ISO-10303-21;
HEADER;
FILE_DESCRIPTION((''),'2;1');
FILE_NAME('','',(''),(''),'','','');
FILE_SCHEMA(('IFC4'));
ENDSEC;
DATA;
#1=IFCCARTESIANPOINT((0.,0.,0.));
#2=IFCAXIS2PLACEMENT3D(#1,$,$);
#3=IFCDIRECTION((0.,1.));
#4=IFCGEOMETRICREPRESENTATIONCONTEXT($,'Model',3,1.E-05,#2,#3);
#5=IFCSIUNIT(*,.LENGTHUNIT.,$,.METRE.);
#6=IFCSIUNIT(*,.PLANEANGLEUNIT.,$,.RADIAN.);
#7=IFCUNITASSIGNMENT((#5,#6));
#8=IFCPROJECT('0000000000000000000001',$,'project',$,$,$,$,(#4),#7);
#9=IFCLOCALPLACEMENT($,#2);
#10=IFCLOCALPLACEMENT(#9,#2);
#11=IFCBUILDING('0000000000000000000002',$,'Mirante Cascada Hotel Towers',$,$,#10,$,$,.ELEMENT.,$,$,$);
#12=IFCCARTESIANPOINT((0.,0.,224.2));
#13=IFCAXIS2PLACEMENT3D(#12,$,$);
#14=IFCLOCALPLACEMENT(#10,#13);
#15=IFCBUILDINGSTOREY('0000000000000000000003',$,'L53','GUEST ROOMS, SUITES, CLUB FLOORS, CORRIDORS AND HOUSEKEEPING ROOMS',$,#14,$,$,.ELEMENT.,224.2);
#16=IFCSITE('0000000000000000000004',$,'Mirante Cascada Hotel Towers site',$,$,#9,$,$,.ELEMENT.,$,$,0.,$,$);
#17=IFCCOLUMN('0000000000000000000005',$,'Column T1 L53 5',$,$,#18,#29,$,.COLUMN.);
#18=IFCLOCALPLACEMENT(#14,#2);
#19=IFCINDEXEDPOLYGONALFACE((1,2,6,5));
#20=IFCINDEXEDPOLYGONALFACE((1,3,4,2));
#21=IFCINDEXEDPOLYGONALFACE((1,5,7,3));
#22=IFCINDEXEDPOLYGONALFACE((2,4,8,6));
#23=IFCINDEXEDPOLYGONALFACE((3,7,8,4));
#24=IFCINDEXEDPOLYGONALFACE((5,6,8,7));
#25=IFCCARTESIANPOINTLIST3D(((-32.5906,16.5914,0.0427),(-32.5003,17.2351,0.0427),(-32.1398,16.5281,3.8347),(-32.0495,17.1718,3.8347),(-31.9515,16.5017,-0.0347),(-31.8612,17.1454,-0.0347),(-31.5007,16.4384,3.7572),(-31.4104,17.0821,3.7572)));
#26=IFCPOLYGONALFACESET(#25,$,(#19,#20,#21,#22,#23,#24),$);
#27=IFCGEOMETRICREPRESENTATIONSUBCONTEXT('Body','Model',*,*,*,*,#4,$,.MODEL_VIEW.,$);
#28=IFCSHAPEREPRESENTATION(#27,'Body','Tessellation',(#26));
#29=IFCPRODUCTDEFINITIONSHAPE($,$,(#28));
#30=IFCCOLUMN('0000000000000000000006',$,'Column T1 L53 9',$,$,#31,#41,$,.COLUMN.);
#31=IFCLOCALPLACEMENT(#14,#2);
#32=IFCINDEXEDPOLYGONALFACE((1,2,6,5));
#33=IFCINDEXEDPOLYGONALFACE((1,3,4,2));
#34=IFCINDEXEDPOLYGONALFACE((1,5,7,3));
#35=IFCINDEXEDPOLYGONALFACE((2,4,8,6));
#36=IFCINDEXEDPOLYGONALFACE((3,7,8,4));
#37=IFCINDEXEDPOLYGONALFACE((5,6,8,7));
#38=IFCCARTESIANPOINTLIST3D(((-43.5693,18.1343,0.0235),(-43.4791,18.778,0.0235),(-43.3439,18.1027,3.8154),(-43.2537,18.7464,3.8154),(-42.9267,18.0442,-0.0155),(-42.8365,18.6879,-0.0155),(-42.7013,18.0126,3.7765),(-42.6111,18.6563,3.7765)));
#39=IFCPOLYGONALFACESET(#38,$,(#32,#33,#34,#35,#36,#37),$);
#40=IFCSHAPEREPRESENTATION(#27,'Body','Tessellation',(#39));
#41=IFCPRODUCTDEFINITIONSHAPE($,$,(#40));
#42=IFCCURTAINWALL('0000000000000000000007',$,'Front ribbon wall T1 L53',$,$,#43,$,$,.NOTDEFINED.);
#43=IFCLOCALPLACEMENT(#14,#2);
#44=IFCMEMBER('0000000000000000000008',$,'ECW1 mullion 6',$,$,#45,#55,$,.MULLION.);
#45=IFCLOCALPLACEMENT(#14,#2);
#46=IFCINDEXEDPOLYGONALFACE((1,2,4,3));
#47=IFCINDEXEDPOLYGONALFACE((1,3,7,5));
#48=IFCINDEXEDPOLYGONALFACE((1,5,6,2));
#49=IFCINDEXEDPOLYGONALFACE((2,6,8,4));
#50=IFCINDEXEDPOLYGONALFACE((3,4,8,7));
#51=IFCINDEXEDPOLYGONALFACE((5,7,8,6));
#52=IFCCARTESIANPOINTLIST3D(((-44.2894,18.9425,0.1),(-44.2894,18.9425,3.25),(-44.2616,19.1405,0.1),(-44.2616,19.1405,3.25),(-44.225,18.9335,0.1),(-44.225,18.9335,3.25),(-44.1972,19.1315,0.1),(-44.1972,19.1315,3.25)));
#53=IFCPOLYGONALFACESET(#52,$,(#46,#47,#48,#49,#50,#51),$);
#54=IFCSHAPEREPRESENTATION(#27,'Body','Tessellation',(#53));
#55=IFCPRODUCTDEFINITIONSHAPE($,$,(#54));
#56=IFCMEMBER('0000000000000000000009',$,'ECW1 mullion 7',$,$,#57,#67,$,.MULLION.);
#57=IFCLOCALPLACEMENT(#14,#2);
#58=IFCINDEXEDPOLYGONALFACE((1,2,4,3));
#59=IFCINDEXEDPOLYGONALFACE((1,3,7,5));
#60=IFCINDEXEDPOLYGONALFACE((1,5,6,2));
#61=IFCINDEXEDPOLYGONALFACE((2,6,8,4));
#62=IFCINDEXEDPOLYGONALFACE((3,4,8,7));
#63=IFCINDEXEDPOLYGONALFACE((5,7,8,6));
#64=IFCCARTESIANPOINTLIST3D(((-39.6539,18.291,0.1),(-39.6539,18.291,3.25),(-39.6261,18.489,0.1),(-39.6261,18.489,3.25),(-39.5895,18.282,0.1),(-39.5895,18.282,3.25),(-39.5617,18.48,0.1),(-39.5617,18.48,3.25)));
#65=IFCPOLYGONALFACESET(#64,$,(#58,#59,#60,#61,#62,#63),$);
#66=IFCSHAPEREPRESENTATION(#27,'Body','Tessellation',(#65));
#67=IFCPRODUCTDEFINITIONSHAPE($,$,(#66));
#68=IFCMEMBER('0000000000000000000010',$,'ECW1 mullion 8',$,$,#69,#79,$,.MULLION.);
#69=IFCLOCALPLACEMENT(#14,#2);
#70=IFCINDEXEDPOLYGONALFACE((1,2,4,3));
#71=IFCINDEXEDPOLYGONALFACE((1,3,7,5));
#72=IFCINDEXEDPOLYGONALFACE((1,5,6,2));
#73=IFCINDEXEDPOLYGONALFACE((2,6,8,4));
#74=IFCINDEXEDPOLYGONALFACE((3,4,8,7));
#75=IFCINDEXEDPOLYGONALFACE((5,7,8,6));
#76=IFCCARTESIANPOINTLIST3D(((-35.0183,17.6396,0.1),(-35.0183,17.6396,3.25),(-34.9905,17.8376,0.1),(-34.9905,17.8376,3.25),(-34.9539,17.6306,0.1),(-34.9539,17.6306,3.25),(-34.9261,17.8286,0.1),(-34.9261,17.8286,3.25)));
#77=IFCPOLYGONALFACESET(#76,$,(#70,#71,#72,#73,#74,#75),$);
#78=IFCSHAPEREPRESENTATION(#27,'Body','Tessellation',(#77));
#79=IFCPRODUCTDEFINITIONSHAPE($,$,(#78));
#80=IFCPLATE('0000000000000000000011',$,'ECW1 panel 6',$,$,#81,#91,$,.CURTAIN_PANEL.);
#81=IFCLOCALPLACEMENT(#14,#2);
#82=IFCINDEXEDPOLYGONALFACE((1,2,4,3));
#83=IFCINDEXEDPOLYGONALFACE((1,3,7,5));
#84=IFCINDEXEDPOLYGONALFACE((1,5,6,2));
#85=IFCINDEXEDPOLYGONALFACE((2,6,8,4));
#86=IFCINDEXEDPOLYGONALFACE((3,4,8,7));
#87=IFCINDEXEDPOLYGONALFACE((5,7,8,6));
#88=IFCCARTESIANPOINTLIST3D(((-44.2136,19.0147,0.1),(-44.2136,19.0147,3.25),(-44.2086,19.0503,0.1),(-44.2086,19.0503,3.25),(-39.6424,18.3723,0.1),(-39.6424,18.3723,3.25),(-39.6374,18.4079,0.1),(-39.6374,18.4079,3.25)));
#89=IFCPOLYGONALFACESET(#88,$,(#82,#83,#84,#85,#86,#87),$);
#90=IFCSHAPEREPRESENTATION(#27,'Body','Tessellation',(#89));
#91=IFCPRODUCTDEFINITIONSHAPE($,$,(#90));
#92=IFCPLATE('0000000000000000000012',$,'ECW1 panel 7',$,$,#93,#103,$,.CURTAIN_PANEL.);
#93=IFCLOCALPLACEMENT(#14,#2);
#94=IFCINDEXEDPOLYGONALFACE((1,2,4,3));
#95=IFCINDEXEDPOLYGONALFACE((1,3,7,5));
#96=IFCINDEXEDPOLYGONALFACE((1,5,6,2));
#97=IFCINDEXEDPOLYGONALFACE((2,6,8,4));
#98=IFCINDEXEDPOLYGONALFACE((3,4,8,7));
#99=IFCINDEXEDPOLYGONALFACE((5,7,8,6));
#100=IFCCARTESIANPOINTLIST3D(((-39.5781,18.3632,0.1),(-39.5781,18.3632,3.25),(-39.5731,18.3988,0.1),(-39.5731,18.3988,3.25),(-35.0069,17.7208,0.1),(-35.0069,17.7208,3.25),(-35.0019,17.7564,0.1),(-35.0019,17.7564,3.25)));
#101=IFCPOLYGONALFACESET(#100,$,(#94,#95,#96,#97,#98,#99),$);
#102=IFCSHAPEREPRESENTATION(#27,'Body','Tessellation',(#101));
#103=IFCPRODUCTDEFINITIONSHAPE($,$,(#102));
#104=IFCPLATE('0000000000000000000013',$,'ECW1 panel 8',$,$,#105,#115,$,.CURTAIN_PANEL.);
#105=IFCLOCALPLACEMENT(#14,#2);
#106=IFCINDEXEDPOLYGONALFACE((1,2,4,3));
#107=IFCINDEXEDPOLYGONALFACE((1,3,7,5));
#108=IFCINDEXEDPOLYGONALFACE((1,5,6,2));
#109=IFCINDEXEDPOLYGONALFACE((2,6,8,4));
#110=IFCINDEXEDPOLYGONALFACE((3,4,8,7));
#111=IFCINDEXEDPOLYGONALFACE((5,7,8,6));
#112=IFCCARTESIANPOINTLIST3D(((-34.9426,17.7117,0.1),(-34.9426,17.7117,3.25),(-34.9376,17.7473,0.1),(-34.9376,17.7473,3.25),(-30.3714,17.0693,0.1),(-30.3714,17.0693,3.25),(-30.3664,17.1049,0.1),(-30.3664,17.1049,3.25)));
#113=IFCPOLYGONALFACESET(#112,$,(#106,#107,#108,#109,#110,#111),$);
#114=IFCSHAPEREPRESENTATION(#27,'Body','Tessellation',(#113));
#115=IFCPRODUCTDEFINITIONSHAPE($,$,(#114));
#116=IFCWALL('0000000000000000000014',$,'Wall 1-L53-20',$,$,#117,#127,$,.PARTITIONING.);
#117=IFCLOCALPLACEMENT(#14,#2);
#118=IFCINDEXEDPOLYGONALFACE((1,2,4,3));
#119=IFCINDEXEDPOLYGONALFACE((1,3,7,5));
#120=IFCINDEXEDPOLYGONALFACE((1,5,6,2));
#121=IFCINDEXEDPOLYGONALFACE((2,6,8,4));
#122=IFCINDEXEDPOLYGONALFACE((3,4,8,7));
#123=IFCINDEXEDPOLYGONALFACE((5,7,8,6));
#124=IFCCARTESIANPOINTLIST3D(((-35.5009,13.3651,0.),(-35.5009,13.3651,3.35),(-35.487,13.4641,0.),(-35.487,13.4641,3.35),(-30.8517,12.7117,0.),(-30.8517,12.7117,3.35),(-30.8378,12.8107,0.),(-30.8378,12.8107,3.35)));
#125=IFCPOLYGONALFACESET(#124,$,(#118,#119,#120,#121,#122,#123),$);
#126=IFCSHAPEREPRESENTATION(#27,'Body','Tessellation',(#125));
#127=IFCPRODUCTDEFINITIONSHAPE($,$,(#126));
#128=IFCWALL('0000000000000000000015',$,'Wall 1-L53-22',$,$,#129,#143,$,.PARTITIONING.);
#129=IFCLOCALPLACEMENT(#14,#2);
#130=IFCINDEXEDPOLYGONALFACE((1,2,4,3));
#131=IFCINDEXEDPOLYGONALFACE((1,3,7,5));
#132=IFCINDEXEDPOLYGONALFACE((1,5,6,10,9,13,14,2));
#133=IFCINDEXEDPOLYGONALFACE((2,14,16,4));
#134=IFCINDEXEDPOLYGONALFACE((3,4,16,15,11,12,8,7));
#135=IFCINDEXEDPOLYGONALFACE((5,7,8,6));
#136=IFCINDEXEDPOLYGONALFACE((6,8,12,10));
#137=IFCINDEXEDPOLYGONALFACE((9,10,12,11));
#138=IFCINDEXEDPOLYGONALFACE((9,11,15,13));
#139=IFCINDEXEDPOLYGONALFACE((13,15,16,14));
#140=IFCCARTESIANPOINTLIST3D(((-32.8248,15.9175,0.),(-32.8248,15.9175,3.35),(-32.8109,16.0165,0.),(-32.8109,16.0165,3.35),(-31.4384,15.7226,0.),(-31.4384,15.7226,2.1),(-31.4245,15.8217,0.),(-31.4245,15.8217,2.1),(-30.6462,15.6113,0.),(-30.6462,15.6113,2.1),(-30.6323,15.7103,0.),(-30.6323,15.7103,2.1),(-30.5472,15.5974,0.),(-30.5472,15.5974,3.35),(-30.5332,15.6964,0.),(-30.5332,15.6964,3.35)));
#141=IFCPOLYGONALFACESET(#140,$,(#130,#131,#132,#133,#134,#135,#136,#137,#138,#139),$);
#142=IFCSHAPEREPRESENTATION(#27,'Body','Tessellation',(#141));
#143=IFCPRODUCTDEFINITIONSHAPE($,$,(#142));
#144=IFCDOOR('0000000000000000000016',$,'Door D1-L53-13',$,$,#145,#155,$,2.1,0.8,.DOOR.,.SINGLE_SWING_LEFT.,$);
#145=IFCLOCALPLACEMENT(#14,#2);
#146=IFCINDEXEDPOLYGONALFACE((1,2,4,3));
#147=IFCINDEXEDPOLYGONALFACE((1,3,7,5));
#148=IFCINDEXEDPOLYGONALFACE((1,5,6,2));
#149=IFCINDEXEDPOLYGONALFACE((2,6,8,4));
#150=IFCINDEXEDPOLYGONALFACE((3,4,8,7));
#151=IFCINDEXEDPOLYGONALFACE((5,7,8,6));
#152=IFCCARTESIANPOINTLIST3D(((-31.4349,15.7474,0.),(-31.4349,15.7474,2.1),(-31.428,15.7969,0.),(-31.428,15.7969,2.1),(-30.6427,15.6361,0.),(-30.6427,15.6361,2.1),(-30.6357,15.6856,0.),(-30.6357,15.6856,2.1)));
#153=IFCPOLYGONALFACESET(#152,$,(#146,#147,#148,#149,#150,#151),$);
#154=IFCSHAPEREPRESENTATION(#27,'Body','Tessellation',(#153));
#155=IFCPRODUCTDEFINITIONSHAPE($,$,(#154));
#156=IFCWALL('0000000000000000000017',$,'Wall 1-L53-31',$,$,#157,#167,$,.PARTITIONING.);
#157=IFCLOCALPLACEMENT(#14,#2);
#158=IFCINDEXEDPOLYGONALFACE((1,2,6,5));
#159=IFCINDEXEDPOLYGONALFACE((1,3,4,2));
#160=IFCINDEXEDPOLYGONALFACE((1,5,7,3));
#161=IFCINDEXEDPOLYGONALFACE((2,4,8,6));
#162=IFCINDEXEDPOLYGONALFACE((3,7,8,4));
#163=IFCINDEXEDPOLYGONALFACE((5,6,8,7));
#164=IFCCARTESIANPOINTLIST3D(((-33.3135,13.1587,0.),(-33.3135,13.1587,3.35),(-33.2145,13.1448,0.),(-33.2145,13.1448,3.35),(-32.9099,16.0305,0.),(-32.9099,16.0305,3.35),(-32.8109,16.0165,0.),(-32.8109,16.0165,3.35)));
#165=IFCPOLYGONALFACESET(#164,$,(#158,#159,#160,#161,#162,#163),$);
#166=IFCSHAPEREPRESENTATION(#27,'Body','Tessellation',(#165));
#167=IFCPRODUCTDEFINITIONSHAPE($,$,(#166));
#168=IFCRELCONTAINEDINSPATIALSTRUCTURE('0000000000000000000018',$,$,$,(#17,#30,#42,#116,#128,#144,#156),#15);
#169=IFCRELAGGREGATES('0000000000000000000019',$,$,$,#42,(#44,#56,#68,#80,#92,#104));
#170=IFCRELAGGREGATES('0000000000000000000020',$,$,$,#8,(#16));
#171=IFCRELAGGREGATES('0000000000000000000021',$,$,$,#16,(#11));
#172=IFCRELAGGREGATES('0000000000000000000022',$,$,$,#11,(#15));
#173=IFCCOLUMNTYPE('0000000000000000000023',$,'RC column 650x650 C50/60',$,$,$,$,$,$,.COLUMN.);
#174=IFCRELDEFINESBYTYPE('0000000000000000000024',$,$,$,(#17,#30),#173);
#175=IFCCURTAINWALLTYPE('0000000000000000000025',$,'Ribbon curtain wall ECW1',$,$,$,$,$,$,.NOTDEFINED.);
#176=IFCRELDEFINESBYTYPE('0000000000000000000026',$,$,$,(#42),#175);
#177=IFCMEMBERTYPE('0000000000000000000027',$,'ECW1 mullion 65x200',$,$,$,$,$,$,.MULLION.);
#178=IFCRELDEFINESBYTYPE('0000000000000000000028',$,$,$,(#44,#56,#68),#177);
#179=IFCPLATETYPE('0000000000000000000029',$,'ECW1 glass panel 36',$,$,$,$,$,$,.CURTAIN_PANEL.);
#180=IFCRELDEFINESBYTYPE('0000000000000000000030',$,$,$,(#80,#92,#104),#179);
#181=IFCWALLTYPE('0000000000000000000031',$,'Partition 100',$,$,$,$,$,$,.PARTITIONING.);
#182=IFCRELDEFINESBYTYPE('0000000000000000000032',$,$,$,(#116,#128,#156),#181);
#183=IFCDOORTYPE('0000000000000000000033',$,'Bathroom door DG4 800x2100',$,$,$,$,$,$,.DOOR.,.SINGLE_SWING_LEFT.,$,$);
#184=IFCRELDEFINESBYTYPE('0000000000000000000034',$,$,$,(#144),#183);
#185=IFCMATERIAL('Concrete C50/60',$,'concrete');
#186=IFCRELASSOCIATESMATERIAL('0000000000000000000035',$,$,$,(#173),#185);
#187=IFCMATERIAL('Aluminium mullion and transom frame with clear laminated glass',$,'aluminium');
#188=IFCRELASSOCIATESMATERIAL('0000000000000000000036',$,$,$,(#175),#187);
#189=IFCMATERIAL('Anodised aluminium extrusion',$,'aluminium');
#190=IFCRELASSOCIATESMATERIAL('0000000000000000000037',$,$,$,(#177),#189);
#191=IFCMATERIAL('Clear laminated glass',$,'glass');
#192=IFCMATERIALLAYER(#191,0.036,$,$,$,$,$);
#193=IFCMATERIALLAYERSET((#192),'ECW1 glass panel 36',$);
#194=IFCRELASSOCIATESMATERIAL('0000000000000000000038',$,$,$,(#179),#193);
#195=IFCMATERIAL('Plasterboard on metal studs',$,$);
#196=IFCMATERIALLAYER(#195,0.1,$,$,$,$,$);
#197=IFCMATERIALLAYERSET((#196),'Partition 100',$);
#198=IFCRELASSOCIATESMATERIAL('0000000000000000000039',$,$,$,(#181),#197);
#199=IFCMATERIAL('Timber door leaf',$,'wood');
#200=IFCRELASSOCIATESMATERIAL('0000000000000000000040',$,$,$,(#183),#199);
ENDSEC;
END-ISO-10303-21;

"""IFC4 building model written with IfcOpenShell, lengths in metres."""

from ifc_helpers import new_model, si_unit, direction, frame, frame_2d, origin, origin_2d, place, context, subcontext, project, spatial, rectangle, extrude, material, layer, layer_set, material_profile, profile_set, type_object, element, fill, aggregate, save


model = new_model("IFC4")

# Units and contexts
model_context = context("Model", 3, precision=1e-05, world=origin(), true_north=direction((0.0, 1.0)))
body_context = subcontext(model_context, "Body", "Model", "MODEL_VIEW")
ifc_project = project(units=[si_unit("LENGTHUNIT", "METRE"), si_unit("PLANEANGLEUNIT", "RADIAN")], contexts=[model_context])

# Site, building, storey
site_placement = place(None, origin())
site = spatial("IfcSite", under=ifc_project, at=site_placement, Name="Mirante Cascada Hotel Towers site", CompositionType="ELEMENT", RefElevation=0.0)
building_placement = place(site_placement, origin())
building = spatial("IfcBuilding", under=site, at=building_placement, Name="Mirante Cascada Hotel Towers", CompositionType="ELEMENT")
storey_placement = place(building_placement, frame((0.0, 0.0, 224.2)))
storey = spatial("IfcBuildingStorey", under=building, at=storey_placement, Name="L53", Description="GUEST ROOMS, SUITES, CLUB FLOORS, CORRIDORS AND HOUSEKEEPING ROOMS", CompositionType="ELEMENT", Elevation=224.2)

# Columns
ifc_material_1 = material(Name="Concrete C50/60", Category="concrete")
ifc_material_profile_1 = material_profile(ifc_material_1, rectangle(XDim=0.65, YDim=0.65, at=origin_2d()), Name="RC column 650x650 C50/60")
ifc_profile_set_1 = profile_set([ifc_material_profile_1], Name="Concrete C50/60")
column_type = type_object("IfcColumnType", Name="RC column 650x650 C50/60", PredefinedType="COLUMN", material=ifc_profile_set_1)
column_1_placement = place(storey_placement, frame((-32.2259, 16.8684, 0.004), z_axis=(0.118034, -0.016574, 0.992871), x_axis=(0.139053, 0.990285, 0.0)))
element("IfcColumn", 1, at=column_1_placement, inside=storey, type_object=column_type, Name="Column T1 L53 5", PredefinedType="COLUMN", context=body_context, shape_type="SweptSolid", body=[
    extrude(rectangle(XDim=0.65, YDim=0.65, at=origin_2d()), origin(), (0.0, 0.0, 1.0), 3.8192),
])
column_2_placement = place(storey_placement, frame((-43.2029, 18.4111, 0.004), z_axis=(0.059334, -0.008318, 0.998204), x_axis=(0.138837, 0.990315, 0.0)))
element("IfcColumn", 2, at=column_2_placement, inside=storey, type_object=column_type, Name="Column T1 L53 9", PredefinedType="COLUMN", context=body_context, shape_type="SweptSolid", body=[
    extrude(rectangle(XDim=0.65, YDim=0.65, at=origin_2d()), origin(), (0.0, 0.0, 1.0), 3.7988),
])

# Curtain wall, members, plates
ifc_material_2 = material(Name="Aluminium mullion and transom frame with clear laminated glass", Category="aluminium")
curtain_wall_type = type_object("IfcCurtainWallType", Name="Ribbon curtain wall ECW1", PredefinedType="NOTDEFINED", material=ifc_material_2)
curtain_wall_placement = place(storey_placement, origin())
curtain_wall = element("IfcCurtainWall", 3, at=curtain_wall_placement, inside=storey, type_object=curtain_wall_type, Name="Front ribbon wall T1 L53", PredefinedType="NOTDEFINED")
ifc_material_3 = material(Name="Anodised aluminium extrusion", Category="aluminium")
ifc_material_profile_2 = material_profile(ifc_material_3, rectangle(XDim=0.2, YDim=0.065, at=origin_2d()), Name="ECW1 MULLION 65x200")
ifc_profile_set_2 = profile_set([ifc_material_profile_2], Name="Anodised aluminium extrusion")
member_type = type_object("IfcMemberType", Name="ECW1 mullion 65x200", PredefinedType="MULLION", material=ifc_profile_set_2)
member_1_placement = place(storey_placement, frame((-44.2433, 19.037, 0.1), z_axis=(0.0, 0.0, 1.0), x_axis=(0.139173, 0.990268, 0.0)))
member_1 = element("IfcMember", 4, at=member_1_placement, type_object=member_type, Name="ECW1 mullion 6", PredefinedType="MULLION", context=body_context, shape_type="SweptSolid", body=[
    extrude(rectangle(XDim=0.2, YDim=0.065, at=origin_2d()), origin(), (0.0, 0.0, 1.0), 3.15),
])
member_2_placement = place(storey_placement, frame((-39.6078, 18.3855, 0.1), z_axis=(0.0, 0.0, 1.0), x_axis=(0.139173, 0.990268, 0.0)))
member_2 = element("IfcMember", 5, at=member_2_placement, type_object=member_type, Name="ECW1 mullion 7", PredefinedType="MULLION", context=body_context, shape_type="SweptSolid", body=[
    extrude(rectangle(XDim=0.2, YDim=0.065, at=origin_2d()), origin(), (0.0, 0.0, 1.0), 3.15),
])
member_3_placement = place(storey_placement, frame((-34.9722, 17.7341, 0.1), z_axis=(0.0, 0.0, 1.0), x_axis=(0.139173, 0.990268, 0.0)))
member_3 = element("IfcMember", 6, at=member_3_placement, type_object=member_type, Name="ECW1 mullion 8", PredefinedType="MULLION", context=body_context, shape_type="SweptSolid", body=[
    extrude(rectangle(XDim=0.2, YDim=0.065, at=origin_2d()), origin(), (0.0, 0.0, 1.0), 3.15),
])
ifc_material_4 = material(Name="Clear laminated glass", Category="glass")
ifc_layer_1 = layer(ifc_material_4, 0.036)
ifc_layer_set_1 = layer_set([ifc_layer_1], Name="ECW1 glass panel 36")
plate_type = type_object("IfcPlateType", Name="ECW1 glass panel 36", PredefinedType="CURTAIN_PANEL", material=ifc_layer_set_1)
plate_1_placement = place(storey_placement, frame((-41.9255, 18.7113, 0.1), z_axis=(0.0, 0.0, 1.0), x_axis=(0.990268, -0.139173, 0.0)))
plate_1 = element("IfcPlate", 7, at=plate_1_placement, type_object=plate_type, Name="ECW1 panel 6", PredefinedType="CURTAIN_PANEL", context=body_context, shape_type="SweptSolid", body=[
    extrude(rectangle(XDim=4.6161, YDim=0.036, at=origin_2d()), origin(), (0.0, 0.0, 1.0), 3.15),
])
plate_2_placement = place(storey_placement, frame((-37.29, 18.0598, 0.1), z_axis=(0.0, 0.0, 1.0), x_axis=(0.990268, -0.139173, 0.0)))
plate_2 = element("IfcPlate", 8, at=plate_2_placement, type_object=plate_type, Name="ECW1 panel 7", PredefinedType="CURTAIN_PANEL", context=body_context, shape_type="SweptSolid", body=[
    extrude(rectangle(XDim=4.6161, YDim=0.036, at=origin_2d()), origin(), (0.0, 0.0, 1.0), 3.15),
])
plate_3_placement = place(storey_placement, frame((-32.6545, 17.4083, 0.1), z_axis=(0.0, 0.0, 1.0), x_axis=(0.990268, -0.139173, 0.0)))
plate_3 = element("IfcPlate", 9, at=plate_3_placement, type_object=plate_type, Name="ECW1 panel 8", PredefinedType="CURTAIN_PANEL", context=body_context, shape_type="SweptSolid", body=[
    extrude(rectangle(XDim=4.6161, YDim=0.036, at=origin_2d()), origin(), (0.0, 0.0, 1.0), 3.15),
])
aggregate(curtain_wall, [member_1, member_2, member_3, plate_1, plate_2, plate_3])

# Wall
ifc_material_5 = material(Name="Plasterboard on metal studs")
ifc_layer_2 = layer(ifc_material_5, 0.1)
ifc_layer_set_2 = layer_set([ifc_layer_2], Name="Partition 100")
wall_type = type_object("IfcWallType", Name="Partition 100", PredefinedType="PARTITIONING", material=ifc_layer_set_2)
wall_1_placement = place(storey_placement, frame((-30.8448, 12.7612, 0.0), z_axis=(0.0, 0.0, 1.0), x_axis=(-0.990268, 0.139173, 0.0)))
element("IfcWall", 10, at=wall_1_placement, inside=storey, type_object=wall_type, Name="Wall 1-L53-20", PredefinedType="PARTITIONING", context=body_context, shape_type="SweptSolid", body=[
    extrude(rectangle(XDim=4.6949, YDim=0.1, at=frame_2d((2.3474, 0.0))), origin(), (0.0, 0.0, 1.0), 3.35),
])

# Wall, opening, door
wall_2_placement = place(storey_placement, frame((-30.5402, 15.6469, 0.0), z_axis=(0.0, 0.0, 1.0), x_axis=(-0.990268, 0.139175, 0.0)))
wall_2 = element("IfcWall", 11, at=wall_2_placement, inside=storey, type_object=wall_type, Name="Wall 1-L53-22", PredefinedType="PARTITIONING", context=body_context, shape_type="SweptSolid", body=[
    extrude(rectangle(XDim=2.3, YDim=0.1, at=frame_2d((1.15, 0.0))), origin(), (0.0, 0.0, 1.0), 3.35),
])
opening_1_placement = place(wall_2_placement, frame((0.1, 0.0, 0.0)))
opening_1 = element("IfcOpeningElement", 12, at=opening_1_placement, cuts=wall_2, PredefinedType="OPENING", context=body_context, shape_type="SweptSolid", body=[
    extrude(rectangle(XDim=0.8, YDim=2.1, at=frame_2d((0.4, 1.05))), frame((0.0, 0.05, 0.0), z_axis=(0.0, -1.0, 0.0), x_axis=(1.0, 0.0, 0.0)), (0.0, 0.0, 1.0), 0.1),
])
ifc_material_6 = material(Name="Timber door leaf", Category="wood")
door_type_1 = type_object("IfcDoorType", Name="Bathroom door DG4 800x2100", OperationType="SINGLE_SWING_LEFT", PredefinedType="DOOR", material=ifc_material_6)
door_1_placement = place(opening_1_placement, origin())
door_1 = element("IfcDoor", 13, at=door_1_placement, inside=storey, type_object=door_type_1, Name="Door D1-L53-13", OperationType="SINGLE_SWING_LEFT", OverallHeight=2.1, OverallWidth=0.8, PredefinedType="DOOR", context=body_context, shape_type="SweptSolid", body=[
    extrude(rectangle(XDim=0.8, YDim=2.1, at=frame_2d((0.4, 1.05))), frame((0.0, 0.025, 0.0), z_axis=(0.0, -1.0, 0.0), x_axis=(1.0, 0.0, 0.0)), (0.0, 0.0, 1.0), 0.05),
])
fill(opening_1, door_1)

# Wall
wall_3_placement = place(storey_placement, frame((-32.8604, 16.0235, 0.0), z_axis=(0.0, 0.0, 1.0), x_axis=(-0.139171, -0.990268, 0.0)))
element("IfcWall", 14, at=wall_3_placement, inside=storey, type_object=wall_type, Name="Wall 1-L53-31", PredefinedType="PARTITIONING", context=body_context, shape_type="SweptSolid", body=[
    extrude(rectangle(XDim=2.9, YDim=0.1, at=frame_2d((1.45, 0.0))), origin(), (0.0, 0.0, 1.0), 3.35),
])

save(model, "model.ifc")
